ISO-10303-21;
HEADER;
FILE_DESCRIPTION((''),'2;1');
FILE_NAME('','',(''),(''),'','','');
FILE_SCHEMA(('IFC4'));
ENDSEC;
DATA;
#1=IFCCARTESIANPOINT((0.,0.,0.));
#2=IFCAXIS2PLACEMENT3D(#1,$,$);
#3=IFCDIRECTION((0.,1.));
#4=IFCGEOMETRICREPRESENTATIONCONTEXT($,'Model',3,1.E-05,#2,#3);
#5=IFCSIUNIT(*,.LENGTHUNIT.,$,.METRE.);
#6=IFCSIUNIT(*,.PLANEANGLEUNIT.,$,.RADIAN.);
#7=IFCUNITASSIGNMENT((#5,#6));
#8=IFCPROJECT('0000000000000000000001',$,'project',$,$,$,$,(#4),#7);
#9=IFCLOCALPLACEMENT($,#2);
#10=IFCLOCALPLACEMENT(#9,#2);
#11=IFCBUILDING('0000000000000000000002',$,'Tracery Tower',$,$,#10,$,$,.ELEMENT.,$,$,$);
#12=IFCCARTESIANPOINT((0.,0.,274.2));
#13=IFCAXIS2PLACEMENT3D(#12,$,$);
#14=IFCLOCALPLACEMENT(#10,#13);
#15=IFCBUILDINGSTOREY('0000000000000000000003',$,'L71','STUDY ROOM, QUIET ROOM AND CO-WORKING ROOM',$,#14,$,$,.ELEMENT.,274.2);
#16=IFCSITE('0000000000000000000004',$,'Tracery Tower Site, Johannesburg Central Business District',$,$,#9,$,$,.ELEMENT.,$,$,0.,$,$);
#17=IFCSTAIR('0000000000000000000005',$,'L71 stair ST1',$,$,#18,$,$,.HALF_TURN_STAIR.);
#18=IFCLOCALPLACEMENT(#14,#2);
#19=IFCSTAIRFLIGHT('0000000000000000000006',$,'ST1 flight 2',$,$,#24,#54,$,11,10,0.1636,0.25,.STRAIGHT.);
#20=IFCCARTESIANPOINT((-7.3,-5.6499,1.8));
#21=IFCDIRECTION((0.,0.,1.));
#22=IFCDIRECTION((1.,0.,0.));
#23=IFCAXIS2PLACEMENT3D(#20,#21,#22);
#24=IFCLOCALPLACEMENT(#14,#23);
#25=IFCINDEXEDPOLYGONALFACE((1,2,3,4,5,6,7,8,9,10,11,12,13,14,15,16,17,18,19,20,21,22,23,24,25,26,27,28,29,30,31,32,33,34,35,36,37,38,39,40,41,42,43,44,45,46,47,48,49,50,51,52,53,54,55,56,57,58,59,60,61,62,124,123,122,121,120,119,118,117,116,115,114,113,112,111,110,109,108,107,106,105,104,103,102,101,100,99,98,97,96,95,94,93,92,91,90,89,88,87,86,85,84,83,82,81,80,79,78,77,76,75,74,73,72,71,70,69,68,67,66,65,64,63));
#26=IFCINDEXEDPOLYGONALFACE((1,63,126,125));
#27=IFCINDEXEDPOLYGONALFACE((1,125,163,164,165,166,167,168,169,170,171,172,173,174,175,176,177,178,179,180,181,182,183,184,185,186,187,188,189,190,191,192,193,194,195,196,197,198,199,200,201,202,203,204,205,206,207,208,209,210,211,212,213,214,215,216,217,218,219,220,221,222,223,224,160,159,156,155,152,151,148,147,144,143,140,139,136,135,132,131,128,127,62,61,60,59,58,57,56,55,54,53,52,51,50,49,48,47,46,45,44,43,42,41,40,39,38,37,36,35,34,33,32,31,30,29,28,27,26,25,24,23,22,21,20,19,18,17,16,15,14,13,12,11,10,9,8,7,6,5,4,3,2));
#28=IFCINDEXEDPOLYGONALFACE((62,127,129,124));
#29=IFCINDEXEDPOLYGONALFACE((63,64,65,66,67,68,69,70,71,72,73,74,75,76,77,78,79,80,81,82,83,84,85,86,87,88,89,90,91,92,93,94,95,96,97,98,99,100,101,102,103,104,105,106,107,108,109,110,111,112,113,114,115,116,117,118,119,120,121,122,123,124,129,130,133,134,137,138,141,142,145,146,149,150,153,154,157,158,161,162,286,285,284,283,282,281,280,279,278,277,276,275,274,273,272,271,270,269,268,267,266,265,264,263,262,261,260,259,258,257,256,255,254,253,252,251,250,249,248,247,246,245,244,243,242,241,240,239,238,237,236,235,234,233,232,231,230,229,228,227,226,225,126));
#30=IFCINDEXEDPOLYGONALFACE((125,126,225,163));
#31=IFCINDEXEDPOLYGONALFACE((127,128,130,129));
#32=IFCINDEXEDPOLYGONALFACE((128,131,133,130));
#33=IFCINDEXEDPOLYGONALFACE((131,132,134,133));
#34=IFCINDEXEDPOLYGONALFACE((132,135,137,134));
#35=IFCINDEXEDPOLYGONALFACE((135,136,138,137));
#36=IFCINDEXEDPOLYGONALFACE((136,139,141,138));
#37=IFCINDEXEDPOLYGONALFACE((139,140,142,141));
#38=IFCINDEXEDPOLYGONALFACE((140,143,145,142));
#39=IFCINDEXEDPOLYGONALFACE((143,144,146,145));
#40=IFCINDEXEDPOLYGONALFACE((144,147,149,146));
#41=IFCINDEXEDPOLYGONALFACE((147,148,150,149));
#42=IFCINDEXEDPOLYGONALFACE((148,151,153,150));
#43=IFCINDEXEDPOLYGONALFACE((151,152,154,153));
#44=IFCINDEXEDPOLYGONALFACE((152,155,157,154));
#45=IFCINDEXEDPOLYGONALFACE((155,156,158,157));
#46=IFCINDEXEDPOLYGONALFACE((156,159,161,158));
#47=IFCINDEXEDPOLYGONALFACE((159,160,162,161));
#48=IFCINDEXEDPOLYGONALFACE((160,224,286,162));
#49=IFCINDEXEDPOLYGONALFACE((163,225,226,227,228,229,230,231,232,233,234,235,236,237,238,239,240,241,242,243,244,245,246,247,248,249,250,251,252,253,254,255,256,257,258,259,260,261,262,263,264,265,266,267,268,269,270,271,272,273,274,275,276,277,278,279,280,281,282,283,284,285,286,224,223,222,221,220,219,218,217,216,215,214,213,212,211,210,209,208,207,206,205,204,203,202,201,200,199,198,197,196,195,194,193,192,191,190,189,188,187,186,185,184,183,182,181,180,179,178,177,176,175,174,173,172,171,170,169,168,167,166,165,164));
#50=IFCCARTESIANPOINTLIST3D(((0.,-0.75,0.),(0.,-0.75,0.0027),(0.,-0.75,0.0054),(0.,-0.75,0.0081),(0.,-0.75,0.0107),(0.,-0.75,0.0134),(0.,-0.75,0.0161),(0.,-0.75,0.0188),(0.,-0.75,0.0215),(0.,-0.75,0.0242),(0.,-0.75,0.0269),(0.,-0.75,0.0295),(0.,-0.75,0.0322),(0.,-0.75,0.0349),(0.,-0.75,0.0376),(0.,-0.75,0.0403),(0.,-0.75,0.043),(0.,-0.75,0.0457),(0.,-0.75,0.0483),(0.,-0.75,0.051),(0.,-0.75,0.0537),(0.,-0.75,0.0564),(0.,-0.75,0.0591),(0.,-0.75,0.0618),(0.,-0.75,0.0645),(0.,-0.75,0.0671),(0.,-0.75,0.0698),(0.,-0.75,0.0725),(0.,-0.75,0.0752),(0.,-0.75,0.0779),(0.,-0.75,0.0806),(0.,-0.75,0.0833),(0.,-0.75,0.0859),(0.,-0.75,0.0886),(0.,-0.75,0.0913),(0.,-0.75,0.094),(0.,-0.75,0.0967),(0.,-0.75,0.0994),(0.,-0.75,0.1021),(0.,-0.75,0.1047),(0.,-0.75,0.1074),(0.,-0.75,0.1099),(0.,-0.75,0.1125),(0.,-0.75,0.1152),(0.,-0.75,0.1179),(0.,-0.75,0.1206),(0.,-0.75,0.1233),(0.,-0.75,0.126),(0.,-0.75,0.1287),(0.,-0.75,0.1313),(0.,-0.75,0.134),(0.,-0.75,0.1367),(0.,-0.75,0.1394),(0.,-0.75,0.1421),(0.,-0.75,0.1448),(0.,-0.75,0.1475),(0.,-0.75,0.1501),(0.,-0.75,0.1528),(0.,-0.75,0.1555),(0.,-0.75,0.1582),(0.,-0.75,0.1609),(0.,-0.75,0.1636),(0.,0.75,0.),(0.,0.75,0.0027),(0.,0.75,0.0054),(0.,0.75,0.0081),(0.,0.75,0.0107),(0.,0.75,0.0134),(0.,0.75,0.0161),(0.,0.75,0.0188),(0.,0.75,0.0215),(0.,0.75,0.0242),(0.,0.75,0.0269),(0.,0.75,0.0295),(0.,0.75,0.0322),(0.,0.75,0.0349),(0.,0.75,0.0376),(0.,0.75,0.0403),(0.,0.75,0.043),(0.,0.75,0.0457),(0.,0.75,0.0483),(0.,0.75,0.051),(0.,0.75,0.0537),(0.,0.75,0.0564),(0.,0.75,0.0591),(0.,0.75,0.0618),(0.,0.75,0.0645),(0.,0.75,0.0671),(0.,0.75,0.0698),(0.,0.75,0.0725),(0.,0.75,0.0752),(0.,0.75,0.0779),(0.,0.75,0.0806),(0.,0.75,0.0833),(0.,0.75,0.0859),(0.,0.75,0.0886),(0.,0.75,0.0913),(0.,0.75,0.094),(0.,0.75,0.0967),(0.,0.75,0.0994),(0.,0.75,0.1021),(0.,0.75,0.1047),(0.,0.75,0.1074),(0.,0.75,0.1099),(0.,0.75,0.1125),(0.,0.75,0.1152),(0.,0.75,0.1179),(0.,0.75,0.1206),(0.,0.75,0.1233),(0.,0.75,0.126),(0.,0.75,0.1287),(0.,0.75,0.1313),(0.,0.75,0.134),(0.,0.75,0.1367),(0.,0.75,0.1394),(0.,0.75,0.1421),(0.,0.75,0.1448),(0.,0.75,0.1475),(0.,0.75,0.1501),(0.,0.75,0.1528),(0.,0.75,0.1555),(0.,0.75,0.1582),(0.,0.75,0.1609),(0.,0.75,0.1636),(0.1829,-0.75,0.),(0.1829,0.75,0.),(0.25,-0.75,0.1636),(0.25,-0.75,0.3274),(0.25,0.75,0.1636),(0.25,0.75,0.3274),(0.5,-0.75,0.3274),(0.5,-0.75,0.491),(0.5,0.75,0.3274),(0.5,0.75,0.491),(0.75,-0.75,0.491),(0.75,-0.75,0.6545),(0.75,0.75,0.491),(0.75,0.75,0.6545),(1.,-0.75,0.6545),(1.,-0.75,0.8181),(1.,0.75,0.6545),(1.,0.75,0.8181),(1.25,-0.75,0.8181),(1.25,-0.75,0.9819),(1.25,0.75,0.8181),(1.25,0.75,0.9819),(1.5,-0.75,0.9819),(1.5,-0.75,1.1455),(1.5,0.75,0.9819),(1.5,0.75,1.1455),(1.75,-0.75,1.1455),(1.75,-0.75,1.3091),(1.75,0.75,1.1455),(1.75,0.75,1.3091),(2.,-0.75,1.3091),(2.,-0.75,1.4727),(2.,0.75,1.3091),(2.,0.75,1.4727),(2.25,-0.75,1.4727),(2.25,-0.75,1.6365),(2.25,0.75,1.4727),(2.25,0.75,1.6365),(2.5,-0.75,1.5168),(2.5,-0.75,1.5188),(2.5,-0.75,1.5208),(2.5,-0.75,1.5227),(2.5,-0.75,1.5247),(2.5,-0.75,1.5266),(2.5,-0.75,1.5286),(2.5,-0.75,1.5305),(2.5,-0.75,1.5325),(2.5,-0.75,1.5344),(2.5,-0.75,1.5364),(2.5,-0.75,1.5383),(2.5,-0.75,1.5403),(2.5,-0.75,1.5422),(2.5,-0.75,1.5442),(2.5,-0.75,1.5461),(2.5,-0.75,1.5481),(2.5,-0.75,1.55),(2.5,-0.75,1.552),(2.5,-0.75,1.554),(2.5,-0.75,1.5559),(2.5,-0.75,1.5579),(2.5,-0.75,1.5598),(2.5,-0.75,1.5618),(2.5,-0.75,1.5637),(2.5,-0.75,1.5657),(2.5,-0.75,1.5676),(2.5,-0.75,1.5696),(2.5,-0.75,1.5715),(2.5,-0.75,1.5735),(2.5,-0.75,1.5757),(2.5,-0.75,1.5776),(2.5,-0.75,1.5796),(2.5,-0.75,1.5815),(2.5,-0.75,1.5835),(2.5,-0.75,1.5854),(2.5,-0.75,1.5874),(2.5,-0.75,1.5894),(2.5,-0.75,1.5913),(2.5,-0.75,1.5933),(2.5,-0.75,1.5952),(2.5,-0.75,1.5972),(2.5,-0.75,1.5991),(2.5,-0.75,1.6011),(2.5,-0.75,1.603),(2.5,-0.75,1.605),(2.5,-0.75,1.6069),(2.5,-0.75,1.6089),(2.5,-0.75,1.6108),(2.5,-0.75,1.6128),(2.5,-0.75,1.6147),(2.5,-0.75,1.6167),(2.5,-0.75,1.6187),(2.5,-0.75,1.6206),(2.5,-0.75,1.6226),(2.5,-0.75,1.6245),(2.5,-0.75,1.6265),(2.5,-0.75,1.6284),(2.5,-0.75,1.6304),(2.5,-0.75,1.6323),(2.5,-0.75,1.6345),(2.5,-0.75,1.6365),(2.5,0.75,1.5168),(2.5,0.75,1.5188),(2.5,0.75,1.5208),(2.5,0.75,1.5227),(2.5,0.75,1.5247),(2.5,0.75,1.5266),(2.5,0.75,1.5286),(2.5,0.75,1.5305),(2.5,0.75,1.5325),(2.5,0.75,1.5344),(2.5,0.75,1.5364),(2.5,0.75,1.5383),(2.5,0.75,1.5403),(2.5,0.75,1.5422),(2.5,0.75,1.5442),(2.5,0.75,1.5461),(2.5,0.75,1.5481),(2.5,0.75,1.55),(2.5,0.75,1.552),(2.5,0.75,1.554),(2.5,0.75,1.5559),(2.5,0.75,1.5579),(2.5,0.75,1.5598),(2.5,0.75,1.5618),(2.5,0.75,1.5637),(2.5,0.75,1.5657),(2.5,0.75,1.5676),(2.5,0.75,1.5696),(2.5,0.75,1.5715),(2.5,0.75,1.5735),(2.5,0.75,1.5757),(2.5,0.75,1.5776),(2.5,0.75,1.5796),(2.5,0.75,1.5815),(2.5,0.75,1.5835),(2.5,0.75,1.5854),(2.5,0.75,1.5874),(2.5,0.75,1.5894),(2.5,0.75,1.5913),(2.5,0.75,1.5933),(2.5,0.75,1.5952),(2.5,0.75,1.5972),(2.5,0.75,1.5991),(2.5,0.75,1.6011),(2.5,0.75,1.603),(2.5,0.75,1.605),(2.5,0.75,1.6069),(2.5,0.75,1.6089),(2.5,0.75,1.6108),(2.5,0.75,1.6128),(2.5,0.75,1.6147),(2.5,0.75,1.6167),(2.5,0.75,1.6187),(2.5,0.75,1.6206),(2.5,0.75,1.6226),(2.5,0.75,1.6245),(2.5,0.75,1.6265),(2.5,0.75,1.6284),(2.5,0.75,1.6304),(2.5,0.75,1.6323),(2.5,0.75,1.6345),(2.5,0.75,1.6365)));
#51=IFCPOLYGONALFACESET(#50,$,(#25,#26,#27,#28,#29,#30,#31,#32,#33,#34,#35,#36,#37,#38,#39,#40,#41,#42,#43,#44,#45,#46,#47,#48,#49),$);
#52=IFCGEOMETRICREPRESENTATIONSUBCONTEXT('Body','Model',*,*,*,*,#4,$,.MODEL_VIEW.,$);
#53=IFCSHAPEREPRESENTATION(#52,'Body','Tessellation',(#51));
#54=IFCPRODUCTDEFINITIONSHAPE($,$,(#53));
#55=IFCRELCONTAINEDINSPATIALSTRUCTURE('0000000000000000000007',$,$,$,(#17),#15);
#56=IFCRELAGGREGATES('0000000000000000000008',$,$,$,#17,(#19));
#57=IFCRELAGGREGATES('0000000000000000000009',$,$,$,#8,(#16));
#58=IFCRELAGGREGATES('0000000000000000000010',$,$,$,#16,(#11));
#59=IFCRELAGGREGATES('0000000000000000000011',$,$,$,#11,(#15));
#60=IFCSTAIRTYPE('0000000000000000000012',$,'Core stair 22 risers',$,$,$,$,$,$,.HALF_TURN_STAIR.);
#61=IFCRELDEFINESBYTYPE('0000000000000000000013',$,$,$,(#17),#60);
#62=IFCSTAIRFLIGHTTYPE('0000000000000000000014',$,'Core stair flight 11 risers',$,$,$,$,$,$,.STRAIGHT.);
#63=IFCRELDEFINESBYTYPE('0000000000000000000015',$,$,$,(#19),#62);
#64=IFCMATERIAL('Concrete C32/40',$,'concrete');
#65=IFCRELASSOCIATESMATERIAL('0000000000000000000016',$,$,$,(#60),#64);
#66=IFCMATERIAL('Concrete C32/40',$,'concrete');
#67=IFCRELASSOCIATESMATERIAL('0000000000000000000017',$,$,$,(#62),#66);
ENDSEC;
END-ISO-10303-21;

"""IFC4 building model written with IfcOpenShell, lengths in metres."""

from ifc_helpers import new_model, si_unit, direction, frame, origin, place, context, subcontext, project, spatial, polyline, outline, extrude, material, type_object, element, aggregate, save


model = new_model("IFC4")

# Units and contexts
model_context = context("Model", 3, precision=1e-05, world=origin(), true_north=direction((0.0, 1.0)))
body_context = subcontext(model_context, "Body", "Model", "MODEL_VIEW")
ifc_project = project(units=[si_unit("LENGTHUNIT", "METRE"), si_unit("PLANEANGLEUNIT", "RADIAN")], contexts=[model_context])

# Site, building, storey
site_placement = place(None, origin())
site = spatial("IfcSite", under=ifc_project, at=site_placement, Name="Tracery Tower Site, Johannesburg Central Business District", CompositionType="ELEMENT", RefElevation=0.0)
building_placement = place(site_placement, origin())
building = spatial("IfcBuilding", under=site, at=building_placement, Name="Tracery Tower", CompositionType="ELEMENT")
storey_placement = place(building_placement, frame((0.0, 0.0, 274.2)))
storey = spatial("IfcBuildingStorey", under=building, at=storey_placement, Name="L71", Description="STUDY ROOM, QUIET ROOM AND CO-WORKING ROOM", CompositionType="ELEMENT", Elevation=274.2)

# Stair, stair flight
ifc_material_1 = material(Name="Concrete C32/40", Category="concrete")
stair_type = type_object("IfcStairType", Name="Core stair 22 risers", PredefinedType="HALF_TURN_STAIR", material=ifc_material_1)
stair_placement = place(storey_placement, origin())
stair = element("IfcStair", 1, at=stair_placement, inside=storey, type_object=stair_type, Name="L71 stair ST1", PredefinedType="HALF_TURN_STAIR")
ifc_material_2 = material(Name="Concrete C32/40", Category="concrete")
stair_flight_type = type_object("IfcStairFlightType", Name="Core stair flight 11 risers", PredefinedType="STRAIGHT", material=ifc_material_2)
stair_flight_1_placement = place(storey_placement, frame((-7.3, -5.6499, 1.8), z_axis=(0.0, 0.0, 1.0), x_axis=(1.0, 0.0, 0.0)))
stair_flight_1 = element("IfcStairFlight", 2, at=stair_flight_1_placement, type_object=stair_flight_type, Name="ST1 flight 2", NumberOfRisers=11, NumberOfTreads=10, PredefinedType="STRAIGHT", RiserHeight=0.1636, TreadLength=0.25, context=body_context, shape_type="SweptSolid", body=[
    extrude(outline(polyline([(0.0, 0.0), (0.0, 0.0027), (0.0, 0.0054), (0.0, 0.0081), (0.0, 0.0107), (0.0, 0.0134), (0.0, 0.0161), (0.0, 0.0188), (0.0, 0.0215), (0.0, 0.0242), (0.0, 0.0269), (0.0, 0.0295), (0.0, 0.0322), (0.0, 0.0349), (0.0, 0.0376), (0.0, 0.0403), (0.0, 0.043), (0.0, 0.0457), (0.0, 0.0483), (0.0, 0.051), (0.0, 0.0537), (0.0, 0.0564), (0.0, 0.0591), (0.0, 0.0618), (0.0, 0.0645), (0.0, 0.0671), (0.0, 0.0698), (0.0, 0.0725), (0.0, 0.0752), (0.0, 0.0779), (0.0, 0.0806), (0.0, 0.0833), (0.0, 0.0859), (0.0, 0.0886), (0.0, 0.0913), (0.0, 0.094), (0.0, 0.0967), (0.0, 0.0994), (0.0, 0.1021), (0.0, 0.1047), (0.0, 0.1074), (0.0, 0.1099), (0.0, 0.1125), (0.0, 0.1152), (0.0, 0.1179), (0.0, 0.1206), (0.0, 0.1233), (0.0, 0.126), (0.0, 0.1287), (0.0, 0.1313), (0.0, 0.134), (0.0, 0.1367), (0.0, 0.1394), (0.0, 0.1421), (0.0, 0.1448), (0.0, 0.1475), (0.0, 0.1501), (0.0, 0.1528), (0.0, 0.1555), (0.0, 0.1582), (0.0, 0.1609), (0.0, 0.1636), (0.25, 0.1636), (0.25, 0.3274), (0.5, 0.3274), (0.5, 0.491), (0.75, 0.491), (0.75, 0.6545), (1.0, 0.6545), (1.0, 0.8181), (1.25, 0.8181), (1.25, 0.9819), (1.5, 0.9819), (1.5, 1.1455), (1.75, 1.1455), (1.75, 1.3091), (2.0, 1.3091), (2.0, 1.4727), (2.25, 1.4727), (2.25, 1.6365), (2.5, 1.6365), (2.5, 1.6345), (2.5, 1.6323), (2.5, 1.6304), (2.5, 1.6284), (2.5, 1.6265), (2.5, 1.6245), (2.5, 1.6226), (2.5, 1.6206), (2.5, 1.6187), (2.5, 1.6167), (2.5, 1.6147), (2.5, 1.6128), (2.5, 1.6108), (2.5, 1.6089), (2.5, 1.6069), (2.5, 1.605), (2.5, 1.603), (2.5, 1.6011), (2.5, 1.5991), (2.5, 1.5972), (2.5, 1.5952), (2.5, 1.5933), (2.5, 1.5913), (2.5, 1.5894), (2.5, 1.5874), (2.5, 1.5854), (2.5, 1.5835), (2.5, 1.5815), (2.5, 1.5796), (2.5, 1.5776), (2.5, 1.5757), (2.5, 1.5735), (2.5, 1.5715), (2.5, 1.5696), (2.5, 1.5676), (2.5, 1.5657), (2.5, 1.5637), (2.5, 1.5618), (2.5, 1.5598), (2.5, 1.5579), (2.5, 1.5559), (2.5, 1.554), (2.5, 1.552), (2.5, 1.55), (2.5, 1.5481), (2.5, 1.5461), (2.5, 1.5442), (2.5, 1.5422), (2.5, 1.5403), (2.5, 1.5383), (2.5, 1.5364), (2.5, 1.5344), (2.5, 1.5325), (2.5, 1.5305), (2.5, 1.5286), (2.5, 1.5266), (2.5, 1.5247), (2.5, 1.5227), (2.5, 1.5208), (2.5, 1.5188), (2.5, 1.5168), (0.1829, 0.0), (0.0, 0.0)])), frame((0.0, 0.75, 0.0), z_axis=(0.0, -1.0, 0.0), x_axis=(1.0, 0.0, 0.0)), (0.0, 0.0, 1.0), 1.5),
])
aggregate(stair, [stair_flight_1])

save(model, "model.ifc")
